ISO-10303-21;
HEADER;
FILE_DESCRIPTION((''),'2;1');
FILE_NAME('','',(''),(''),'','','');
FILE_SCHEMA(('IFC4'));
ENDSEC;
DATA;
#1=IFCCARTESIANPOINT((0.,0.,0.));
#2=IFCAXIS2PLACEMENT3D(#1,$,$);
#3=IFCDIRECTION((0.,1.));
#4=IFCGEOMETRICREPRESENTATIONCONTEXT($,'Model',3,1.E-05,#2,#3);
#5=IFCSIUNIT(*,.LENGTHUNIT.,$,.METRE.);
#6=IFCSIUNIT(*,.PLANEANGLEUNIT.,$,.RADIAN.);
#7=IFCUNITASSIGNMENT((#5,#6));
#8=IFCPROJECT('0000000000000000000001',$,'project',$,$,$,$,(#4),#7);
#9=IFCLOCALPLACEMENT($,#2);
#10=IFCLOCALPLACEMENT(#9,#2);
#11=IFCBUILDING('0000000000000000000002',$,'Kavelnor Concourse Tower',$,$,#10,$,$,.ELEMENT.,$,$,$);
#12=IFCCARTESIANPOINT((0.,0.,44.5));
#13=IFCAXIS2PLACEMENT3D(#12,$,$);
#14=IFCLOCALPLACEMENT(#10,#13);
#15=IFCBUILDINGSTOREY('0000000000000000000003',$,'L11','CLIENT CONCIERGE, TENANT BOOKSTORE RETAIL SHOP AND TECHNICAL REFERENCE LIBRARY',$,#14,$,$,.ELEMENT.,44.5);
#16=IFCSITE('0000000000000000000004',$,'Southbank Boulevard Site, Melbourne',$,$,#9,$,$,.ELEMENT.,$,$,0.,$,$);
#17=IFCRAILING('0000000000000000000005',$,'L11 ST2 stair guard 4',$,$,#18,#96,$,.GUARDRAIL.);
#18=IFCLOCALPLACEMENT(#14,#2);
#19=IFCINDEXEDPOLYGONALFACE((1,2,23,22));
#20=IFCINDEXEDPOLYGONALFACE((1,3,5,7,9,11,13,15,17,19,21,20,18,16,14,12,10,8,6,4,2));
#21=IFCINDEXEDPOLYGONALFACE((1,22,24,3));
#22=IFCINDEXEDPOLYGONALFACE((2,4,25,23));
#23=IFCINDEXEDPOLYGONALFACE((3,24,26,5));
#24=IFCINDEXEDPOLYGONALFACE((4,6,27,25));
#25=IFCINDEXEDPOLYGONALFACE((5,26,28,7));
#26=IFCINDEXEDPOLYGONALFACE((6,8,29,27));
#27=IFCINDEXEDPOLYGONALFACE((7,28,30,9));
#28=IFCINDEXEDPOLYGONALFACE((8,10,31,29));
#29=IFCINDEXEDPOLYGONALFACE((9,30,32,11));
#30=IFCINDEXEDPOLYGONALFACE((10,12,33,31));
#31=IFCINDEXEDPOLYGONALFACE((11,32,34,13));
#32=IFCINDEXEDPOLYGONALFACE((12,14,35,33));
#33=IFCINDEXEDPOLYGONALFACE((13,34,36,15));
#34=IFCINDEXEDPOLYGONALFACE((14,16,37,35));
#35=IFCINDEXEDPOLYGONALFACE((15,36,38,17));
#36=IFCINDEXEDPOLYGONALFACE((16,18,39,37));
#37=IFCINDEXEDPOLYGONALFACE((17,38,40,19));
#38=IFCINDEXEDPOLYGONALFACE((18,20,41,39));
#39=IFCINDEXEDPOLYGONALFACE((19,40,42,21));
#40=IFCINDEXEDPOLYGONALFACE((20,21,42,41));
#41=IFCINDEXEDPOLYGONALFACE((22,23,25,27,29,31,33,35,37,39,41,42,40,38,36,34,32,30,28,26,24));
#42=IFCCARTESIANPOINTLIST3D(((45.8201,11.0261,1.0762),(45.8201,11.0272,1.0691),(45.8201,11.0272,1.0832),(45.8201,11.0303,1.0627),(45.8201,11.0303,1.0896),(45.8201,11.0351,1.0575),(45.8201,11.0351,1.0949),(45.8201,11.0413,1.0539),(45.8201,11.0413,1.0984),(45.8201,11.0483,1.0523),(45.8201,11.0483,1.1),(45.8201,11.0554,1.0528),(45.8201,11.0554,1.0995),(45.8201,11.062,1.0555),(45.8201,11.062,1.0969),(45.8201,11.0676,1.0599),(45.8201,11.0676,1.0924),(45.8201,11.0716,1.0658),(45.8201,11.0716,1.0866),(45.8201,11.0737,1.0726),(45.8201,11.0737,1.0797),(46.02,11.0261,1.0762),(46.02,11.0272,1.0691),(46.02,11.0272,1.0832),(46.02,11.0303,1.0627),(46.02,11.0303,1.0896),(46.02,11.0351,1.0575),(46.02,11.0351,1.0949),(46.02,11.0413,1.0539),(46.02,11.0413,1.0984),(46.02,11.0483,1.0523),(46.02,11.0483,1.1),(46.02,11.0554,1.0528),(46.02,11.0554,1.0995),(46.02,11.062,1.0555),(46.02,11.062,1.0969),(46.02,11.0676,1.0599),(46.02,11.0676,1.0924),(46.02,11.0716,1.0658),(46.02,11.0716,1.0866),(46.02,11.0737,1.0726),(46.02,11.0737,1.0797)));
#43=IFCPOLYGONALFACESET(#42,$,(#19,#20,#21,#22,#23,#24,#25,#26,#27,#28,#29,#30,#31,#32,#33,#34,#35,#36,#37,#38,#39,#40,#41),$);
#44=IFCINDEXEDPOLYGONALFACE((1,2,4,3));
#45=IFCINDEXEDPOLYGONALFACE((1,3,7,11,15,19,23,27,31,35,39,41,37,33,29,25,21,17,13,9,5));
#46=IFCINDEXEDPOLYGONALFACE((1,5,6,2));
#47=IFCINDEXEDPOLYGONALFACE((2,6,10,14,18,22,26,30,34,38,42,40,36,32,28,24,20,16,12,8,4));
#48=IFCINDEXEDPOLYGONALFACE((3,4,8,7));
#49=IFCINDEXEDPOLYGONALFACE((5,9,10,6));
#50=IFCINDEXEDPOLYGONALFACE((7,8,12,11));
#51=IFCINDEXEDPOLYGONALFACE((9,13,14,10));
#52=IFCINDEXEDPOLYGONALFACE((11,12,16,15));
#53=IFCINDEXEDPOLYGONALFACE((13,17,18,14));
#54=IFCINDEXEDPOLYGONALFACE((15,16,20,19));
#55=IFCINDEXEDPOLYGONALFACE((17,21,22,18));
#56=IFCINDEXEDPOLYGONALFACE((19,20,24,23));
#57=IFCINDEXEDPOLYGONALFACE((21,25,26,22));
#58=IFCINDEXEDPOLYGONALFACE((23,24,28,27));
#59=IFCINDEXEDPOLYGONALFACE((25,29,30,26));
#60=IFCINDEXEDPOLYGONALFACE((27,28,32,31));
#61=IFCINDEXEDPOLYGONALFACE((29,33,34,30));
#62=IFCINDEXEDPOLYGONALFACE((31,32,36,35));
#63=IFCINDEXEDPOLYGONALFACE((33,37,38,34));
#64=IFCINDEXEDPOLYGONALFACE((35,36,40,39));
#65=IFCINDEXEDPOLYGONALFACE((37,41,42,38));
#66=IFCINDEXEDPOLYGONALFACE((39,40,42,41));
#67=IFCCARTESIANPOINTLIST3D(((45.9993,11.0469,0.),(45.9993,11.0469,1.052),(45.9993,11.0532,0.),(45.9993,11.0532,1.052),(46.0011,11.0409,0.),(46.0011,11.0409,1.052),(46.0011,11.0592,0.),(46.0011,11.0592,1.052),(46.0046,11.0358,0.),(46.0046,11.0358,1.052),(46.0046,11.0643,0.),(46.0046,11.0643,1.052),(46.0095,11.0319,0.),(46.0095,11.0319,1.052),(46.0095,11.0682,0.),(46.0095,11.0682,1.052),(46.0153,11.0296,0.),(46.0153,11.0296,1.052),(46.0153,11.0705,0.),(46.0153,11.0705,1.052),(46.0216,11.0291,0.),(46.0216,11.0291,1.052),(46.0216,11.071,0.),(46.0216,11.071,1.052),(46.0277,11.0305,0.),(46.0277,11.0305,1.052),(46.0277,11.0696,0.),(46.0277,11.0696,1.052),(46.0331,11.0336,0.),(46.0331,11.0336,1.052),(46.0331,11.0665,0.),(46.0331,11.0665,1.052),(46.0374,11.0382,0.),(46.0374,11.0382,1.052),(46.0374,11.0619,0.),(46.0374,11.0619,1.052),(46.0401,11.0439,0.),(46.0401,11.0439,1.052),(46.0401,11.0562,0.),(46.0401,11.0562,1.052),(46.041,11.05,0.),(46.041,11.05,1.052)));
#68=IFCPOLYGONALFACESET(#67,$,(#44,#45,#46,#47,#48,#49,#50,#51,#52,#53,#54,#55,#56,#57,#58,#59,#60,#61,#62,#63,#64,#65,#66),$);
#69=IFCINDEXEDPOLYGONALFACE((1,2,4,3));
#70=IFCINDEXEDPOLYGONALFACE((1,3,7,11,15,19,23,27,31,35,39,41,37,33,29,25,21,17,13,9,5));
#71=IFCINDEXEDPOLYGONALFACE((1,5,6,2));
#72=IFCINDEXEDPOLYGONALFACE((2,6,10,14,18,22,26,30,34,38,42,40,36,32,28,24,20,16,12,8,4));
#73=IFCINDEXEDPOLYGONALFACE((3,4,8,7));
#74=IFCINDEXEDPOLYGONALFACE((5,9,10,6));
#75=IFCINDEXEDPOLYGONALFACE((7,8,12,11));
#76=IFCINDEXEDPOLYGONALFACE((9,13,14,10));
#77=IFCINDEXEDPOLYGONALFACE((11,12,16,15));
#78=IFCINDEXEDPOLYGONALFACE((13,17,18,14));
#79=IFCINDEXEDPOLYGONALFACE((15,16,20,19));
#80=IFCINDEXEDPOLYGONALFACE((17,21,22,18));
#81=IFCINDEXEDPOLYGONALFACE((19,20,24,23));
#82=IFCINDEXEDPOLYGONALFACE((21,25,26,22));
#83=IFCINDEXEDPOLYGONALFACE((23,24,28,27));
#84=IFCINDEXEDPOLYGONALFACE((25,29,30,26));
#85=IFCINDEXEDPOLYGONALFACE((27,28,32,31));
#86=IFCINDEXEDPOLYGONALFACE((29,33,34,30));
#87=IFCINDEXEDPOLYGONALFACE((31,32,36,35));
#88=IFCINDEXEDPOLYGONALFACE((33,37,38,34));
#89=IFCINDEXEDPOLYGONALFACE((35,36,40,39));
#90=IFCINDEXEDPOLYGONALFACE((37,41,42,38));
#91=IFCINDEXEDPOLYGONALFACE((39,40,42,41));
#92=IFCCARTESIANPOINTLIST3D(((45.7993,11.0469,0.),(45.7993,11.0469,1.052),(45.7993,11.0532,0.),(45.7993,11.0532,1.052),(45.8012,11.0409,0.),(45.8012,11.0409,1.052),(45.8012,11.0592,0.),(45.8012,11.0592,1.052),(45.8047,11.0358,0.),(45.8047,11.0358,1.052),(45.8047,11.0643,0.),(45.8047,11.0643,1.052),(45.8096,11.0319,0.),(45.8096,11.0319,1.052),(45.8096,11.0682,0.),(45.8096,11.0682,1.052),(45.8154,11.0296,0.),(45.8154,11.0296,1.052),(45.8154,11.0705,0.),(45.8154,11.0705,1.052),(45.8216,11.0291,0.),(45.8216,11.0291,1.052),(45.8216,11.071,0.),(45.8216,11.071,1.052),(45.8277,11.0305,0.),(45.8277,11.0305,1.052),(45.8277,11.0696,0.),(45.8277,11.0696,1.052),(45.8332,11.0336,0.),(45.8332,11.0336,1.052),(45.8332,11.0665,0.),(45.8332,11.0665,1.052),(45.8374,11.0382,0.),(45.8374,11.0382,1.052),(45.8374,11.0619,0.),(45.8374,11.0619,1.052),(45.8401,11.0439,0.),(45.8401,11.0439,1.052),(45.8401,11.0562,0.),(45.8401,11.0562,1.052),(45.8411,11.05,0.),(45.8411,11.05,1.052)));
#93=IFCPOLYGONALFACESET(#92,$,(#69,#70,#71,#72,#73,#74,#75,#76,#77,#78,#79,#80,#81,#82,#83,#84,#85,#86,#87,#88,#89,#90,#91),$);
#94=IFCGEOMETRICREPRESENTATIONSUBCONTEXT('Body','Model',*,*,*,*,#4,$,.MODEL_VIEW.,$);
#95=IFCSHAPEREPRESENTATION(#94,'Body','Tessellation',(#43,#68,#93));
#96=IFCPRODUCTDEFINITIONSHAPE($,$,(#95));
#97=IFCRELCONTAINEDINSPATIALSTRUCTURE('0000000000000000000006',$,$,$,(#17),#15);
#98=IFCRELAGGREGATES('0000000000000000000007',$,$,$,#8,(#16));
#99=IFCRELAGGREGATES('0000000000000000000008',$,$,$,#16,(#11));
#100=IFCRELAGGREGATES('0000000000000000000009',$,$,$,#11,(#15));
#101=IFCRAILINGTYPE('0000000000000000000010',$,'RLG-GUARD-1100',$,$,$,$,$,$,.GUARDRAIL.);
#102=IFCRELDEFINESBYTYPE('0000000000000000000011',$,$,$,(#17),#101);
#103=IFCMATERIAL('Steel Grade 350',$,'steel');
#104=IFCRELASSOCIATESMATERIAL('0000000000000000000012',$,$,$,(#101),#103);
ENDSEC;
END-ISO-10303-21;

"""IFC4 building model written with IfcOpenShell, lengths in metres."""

from ifc_helpers import new_model, si_unit, direction, frame, origin, origin_2d, place, context, subcontext, project, spatial, circle, extrude, material, type_object, element, save


model = new_model("IFC4")

# Units and contexts
model_context = context("Model", 3, precision=1e-05, world=origin(), true_north=direction((0.0, 1.0)))
body_context = subcontext(model_context, "Body", "Model", "MODEL_VIEW")
ifc_project = project(units=[si_unit("LENGTHUNIT", "METRE"), si_unit("PLANEANGLEUNIT", "RADIAN")], contexts=[model_context])

# Site, building, storey
site_placement = place(None, origin())
site = spatial("IfcSite", under=ifc_project, at=site_placement, Name="Southbank Boulevard Site, Melbourne", CompositionType="ELEMENT", RefElevation=0.0)
building_placement = place(site_placement, origin())
building = spatial("IfcBuilding", under=site, at=building_placement, Name="Kavelnor Concourse Tower", CompositionType="ELEMENT")
storey_placement = place(building_placement, frame((0.0, 0.0, 44.5)))
storey = spatial("IfcBuildingStorey", under=building, at=storey_placement, Name="L11", Description="CLIENT CONCIERGE, TENANT BOOKSTORE RETAIL SHOP AND TECHNICAL REFERENCE LIBRARY", CompositionType="ELEMENT", Elevation=44.5)

# Shared definitions
ifc_material_1 = material(Name="Steel Grade 350", Category="steel")

# Railing
railing_type_1 = type_object("IfcRailingType", Name="RLG-GUARD-1100", PredefinedType="GUARDRAIL", material=ifc_material_1)
railing_1_placement = place(storey_placement, frame((46.02, 11.05, 0.0)))
element("IfcRailing", 1, at=railing_1_placement, inside=storey, type_object=railing_type_1, Name="L11 ST2 stair guard 4", PredefinedType="GUARDRAIL", context=body_context, shape_type="SweptSolid", body=[
    extrude(circle(Radius=0.0239, at=origin_2d()), frame((0.0, 0.0, 1.0762), z_axis=(-1.0, 0.0, 0.0), x_axis=(0.0, -1.0, 0.0)), (0.0, 0.0, 1.0), 0.2),
    extrude(circle(Radius=0.021, at=origin_2d()), origin(), (0.0, 0.0, 1.0), 1.052),
    extrude(circle(Radius=0.021, at=origin_2d()), frame((-0.2, 0.0, 0.0)), (0.0, 0.0, 1.0), 1.052),
])

save(model, "model.ifc")
